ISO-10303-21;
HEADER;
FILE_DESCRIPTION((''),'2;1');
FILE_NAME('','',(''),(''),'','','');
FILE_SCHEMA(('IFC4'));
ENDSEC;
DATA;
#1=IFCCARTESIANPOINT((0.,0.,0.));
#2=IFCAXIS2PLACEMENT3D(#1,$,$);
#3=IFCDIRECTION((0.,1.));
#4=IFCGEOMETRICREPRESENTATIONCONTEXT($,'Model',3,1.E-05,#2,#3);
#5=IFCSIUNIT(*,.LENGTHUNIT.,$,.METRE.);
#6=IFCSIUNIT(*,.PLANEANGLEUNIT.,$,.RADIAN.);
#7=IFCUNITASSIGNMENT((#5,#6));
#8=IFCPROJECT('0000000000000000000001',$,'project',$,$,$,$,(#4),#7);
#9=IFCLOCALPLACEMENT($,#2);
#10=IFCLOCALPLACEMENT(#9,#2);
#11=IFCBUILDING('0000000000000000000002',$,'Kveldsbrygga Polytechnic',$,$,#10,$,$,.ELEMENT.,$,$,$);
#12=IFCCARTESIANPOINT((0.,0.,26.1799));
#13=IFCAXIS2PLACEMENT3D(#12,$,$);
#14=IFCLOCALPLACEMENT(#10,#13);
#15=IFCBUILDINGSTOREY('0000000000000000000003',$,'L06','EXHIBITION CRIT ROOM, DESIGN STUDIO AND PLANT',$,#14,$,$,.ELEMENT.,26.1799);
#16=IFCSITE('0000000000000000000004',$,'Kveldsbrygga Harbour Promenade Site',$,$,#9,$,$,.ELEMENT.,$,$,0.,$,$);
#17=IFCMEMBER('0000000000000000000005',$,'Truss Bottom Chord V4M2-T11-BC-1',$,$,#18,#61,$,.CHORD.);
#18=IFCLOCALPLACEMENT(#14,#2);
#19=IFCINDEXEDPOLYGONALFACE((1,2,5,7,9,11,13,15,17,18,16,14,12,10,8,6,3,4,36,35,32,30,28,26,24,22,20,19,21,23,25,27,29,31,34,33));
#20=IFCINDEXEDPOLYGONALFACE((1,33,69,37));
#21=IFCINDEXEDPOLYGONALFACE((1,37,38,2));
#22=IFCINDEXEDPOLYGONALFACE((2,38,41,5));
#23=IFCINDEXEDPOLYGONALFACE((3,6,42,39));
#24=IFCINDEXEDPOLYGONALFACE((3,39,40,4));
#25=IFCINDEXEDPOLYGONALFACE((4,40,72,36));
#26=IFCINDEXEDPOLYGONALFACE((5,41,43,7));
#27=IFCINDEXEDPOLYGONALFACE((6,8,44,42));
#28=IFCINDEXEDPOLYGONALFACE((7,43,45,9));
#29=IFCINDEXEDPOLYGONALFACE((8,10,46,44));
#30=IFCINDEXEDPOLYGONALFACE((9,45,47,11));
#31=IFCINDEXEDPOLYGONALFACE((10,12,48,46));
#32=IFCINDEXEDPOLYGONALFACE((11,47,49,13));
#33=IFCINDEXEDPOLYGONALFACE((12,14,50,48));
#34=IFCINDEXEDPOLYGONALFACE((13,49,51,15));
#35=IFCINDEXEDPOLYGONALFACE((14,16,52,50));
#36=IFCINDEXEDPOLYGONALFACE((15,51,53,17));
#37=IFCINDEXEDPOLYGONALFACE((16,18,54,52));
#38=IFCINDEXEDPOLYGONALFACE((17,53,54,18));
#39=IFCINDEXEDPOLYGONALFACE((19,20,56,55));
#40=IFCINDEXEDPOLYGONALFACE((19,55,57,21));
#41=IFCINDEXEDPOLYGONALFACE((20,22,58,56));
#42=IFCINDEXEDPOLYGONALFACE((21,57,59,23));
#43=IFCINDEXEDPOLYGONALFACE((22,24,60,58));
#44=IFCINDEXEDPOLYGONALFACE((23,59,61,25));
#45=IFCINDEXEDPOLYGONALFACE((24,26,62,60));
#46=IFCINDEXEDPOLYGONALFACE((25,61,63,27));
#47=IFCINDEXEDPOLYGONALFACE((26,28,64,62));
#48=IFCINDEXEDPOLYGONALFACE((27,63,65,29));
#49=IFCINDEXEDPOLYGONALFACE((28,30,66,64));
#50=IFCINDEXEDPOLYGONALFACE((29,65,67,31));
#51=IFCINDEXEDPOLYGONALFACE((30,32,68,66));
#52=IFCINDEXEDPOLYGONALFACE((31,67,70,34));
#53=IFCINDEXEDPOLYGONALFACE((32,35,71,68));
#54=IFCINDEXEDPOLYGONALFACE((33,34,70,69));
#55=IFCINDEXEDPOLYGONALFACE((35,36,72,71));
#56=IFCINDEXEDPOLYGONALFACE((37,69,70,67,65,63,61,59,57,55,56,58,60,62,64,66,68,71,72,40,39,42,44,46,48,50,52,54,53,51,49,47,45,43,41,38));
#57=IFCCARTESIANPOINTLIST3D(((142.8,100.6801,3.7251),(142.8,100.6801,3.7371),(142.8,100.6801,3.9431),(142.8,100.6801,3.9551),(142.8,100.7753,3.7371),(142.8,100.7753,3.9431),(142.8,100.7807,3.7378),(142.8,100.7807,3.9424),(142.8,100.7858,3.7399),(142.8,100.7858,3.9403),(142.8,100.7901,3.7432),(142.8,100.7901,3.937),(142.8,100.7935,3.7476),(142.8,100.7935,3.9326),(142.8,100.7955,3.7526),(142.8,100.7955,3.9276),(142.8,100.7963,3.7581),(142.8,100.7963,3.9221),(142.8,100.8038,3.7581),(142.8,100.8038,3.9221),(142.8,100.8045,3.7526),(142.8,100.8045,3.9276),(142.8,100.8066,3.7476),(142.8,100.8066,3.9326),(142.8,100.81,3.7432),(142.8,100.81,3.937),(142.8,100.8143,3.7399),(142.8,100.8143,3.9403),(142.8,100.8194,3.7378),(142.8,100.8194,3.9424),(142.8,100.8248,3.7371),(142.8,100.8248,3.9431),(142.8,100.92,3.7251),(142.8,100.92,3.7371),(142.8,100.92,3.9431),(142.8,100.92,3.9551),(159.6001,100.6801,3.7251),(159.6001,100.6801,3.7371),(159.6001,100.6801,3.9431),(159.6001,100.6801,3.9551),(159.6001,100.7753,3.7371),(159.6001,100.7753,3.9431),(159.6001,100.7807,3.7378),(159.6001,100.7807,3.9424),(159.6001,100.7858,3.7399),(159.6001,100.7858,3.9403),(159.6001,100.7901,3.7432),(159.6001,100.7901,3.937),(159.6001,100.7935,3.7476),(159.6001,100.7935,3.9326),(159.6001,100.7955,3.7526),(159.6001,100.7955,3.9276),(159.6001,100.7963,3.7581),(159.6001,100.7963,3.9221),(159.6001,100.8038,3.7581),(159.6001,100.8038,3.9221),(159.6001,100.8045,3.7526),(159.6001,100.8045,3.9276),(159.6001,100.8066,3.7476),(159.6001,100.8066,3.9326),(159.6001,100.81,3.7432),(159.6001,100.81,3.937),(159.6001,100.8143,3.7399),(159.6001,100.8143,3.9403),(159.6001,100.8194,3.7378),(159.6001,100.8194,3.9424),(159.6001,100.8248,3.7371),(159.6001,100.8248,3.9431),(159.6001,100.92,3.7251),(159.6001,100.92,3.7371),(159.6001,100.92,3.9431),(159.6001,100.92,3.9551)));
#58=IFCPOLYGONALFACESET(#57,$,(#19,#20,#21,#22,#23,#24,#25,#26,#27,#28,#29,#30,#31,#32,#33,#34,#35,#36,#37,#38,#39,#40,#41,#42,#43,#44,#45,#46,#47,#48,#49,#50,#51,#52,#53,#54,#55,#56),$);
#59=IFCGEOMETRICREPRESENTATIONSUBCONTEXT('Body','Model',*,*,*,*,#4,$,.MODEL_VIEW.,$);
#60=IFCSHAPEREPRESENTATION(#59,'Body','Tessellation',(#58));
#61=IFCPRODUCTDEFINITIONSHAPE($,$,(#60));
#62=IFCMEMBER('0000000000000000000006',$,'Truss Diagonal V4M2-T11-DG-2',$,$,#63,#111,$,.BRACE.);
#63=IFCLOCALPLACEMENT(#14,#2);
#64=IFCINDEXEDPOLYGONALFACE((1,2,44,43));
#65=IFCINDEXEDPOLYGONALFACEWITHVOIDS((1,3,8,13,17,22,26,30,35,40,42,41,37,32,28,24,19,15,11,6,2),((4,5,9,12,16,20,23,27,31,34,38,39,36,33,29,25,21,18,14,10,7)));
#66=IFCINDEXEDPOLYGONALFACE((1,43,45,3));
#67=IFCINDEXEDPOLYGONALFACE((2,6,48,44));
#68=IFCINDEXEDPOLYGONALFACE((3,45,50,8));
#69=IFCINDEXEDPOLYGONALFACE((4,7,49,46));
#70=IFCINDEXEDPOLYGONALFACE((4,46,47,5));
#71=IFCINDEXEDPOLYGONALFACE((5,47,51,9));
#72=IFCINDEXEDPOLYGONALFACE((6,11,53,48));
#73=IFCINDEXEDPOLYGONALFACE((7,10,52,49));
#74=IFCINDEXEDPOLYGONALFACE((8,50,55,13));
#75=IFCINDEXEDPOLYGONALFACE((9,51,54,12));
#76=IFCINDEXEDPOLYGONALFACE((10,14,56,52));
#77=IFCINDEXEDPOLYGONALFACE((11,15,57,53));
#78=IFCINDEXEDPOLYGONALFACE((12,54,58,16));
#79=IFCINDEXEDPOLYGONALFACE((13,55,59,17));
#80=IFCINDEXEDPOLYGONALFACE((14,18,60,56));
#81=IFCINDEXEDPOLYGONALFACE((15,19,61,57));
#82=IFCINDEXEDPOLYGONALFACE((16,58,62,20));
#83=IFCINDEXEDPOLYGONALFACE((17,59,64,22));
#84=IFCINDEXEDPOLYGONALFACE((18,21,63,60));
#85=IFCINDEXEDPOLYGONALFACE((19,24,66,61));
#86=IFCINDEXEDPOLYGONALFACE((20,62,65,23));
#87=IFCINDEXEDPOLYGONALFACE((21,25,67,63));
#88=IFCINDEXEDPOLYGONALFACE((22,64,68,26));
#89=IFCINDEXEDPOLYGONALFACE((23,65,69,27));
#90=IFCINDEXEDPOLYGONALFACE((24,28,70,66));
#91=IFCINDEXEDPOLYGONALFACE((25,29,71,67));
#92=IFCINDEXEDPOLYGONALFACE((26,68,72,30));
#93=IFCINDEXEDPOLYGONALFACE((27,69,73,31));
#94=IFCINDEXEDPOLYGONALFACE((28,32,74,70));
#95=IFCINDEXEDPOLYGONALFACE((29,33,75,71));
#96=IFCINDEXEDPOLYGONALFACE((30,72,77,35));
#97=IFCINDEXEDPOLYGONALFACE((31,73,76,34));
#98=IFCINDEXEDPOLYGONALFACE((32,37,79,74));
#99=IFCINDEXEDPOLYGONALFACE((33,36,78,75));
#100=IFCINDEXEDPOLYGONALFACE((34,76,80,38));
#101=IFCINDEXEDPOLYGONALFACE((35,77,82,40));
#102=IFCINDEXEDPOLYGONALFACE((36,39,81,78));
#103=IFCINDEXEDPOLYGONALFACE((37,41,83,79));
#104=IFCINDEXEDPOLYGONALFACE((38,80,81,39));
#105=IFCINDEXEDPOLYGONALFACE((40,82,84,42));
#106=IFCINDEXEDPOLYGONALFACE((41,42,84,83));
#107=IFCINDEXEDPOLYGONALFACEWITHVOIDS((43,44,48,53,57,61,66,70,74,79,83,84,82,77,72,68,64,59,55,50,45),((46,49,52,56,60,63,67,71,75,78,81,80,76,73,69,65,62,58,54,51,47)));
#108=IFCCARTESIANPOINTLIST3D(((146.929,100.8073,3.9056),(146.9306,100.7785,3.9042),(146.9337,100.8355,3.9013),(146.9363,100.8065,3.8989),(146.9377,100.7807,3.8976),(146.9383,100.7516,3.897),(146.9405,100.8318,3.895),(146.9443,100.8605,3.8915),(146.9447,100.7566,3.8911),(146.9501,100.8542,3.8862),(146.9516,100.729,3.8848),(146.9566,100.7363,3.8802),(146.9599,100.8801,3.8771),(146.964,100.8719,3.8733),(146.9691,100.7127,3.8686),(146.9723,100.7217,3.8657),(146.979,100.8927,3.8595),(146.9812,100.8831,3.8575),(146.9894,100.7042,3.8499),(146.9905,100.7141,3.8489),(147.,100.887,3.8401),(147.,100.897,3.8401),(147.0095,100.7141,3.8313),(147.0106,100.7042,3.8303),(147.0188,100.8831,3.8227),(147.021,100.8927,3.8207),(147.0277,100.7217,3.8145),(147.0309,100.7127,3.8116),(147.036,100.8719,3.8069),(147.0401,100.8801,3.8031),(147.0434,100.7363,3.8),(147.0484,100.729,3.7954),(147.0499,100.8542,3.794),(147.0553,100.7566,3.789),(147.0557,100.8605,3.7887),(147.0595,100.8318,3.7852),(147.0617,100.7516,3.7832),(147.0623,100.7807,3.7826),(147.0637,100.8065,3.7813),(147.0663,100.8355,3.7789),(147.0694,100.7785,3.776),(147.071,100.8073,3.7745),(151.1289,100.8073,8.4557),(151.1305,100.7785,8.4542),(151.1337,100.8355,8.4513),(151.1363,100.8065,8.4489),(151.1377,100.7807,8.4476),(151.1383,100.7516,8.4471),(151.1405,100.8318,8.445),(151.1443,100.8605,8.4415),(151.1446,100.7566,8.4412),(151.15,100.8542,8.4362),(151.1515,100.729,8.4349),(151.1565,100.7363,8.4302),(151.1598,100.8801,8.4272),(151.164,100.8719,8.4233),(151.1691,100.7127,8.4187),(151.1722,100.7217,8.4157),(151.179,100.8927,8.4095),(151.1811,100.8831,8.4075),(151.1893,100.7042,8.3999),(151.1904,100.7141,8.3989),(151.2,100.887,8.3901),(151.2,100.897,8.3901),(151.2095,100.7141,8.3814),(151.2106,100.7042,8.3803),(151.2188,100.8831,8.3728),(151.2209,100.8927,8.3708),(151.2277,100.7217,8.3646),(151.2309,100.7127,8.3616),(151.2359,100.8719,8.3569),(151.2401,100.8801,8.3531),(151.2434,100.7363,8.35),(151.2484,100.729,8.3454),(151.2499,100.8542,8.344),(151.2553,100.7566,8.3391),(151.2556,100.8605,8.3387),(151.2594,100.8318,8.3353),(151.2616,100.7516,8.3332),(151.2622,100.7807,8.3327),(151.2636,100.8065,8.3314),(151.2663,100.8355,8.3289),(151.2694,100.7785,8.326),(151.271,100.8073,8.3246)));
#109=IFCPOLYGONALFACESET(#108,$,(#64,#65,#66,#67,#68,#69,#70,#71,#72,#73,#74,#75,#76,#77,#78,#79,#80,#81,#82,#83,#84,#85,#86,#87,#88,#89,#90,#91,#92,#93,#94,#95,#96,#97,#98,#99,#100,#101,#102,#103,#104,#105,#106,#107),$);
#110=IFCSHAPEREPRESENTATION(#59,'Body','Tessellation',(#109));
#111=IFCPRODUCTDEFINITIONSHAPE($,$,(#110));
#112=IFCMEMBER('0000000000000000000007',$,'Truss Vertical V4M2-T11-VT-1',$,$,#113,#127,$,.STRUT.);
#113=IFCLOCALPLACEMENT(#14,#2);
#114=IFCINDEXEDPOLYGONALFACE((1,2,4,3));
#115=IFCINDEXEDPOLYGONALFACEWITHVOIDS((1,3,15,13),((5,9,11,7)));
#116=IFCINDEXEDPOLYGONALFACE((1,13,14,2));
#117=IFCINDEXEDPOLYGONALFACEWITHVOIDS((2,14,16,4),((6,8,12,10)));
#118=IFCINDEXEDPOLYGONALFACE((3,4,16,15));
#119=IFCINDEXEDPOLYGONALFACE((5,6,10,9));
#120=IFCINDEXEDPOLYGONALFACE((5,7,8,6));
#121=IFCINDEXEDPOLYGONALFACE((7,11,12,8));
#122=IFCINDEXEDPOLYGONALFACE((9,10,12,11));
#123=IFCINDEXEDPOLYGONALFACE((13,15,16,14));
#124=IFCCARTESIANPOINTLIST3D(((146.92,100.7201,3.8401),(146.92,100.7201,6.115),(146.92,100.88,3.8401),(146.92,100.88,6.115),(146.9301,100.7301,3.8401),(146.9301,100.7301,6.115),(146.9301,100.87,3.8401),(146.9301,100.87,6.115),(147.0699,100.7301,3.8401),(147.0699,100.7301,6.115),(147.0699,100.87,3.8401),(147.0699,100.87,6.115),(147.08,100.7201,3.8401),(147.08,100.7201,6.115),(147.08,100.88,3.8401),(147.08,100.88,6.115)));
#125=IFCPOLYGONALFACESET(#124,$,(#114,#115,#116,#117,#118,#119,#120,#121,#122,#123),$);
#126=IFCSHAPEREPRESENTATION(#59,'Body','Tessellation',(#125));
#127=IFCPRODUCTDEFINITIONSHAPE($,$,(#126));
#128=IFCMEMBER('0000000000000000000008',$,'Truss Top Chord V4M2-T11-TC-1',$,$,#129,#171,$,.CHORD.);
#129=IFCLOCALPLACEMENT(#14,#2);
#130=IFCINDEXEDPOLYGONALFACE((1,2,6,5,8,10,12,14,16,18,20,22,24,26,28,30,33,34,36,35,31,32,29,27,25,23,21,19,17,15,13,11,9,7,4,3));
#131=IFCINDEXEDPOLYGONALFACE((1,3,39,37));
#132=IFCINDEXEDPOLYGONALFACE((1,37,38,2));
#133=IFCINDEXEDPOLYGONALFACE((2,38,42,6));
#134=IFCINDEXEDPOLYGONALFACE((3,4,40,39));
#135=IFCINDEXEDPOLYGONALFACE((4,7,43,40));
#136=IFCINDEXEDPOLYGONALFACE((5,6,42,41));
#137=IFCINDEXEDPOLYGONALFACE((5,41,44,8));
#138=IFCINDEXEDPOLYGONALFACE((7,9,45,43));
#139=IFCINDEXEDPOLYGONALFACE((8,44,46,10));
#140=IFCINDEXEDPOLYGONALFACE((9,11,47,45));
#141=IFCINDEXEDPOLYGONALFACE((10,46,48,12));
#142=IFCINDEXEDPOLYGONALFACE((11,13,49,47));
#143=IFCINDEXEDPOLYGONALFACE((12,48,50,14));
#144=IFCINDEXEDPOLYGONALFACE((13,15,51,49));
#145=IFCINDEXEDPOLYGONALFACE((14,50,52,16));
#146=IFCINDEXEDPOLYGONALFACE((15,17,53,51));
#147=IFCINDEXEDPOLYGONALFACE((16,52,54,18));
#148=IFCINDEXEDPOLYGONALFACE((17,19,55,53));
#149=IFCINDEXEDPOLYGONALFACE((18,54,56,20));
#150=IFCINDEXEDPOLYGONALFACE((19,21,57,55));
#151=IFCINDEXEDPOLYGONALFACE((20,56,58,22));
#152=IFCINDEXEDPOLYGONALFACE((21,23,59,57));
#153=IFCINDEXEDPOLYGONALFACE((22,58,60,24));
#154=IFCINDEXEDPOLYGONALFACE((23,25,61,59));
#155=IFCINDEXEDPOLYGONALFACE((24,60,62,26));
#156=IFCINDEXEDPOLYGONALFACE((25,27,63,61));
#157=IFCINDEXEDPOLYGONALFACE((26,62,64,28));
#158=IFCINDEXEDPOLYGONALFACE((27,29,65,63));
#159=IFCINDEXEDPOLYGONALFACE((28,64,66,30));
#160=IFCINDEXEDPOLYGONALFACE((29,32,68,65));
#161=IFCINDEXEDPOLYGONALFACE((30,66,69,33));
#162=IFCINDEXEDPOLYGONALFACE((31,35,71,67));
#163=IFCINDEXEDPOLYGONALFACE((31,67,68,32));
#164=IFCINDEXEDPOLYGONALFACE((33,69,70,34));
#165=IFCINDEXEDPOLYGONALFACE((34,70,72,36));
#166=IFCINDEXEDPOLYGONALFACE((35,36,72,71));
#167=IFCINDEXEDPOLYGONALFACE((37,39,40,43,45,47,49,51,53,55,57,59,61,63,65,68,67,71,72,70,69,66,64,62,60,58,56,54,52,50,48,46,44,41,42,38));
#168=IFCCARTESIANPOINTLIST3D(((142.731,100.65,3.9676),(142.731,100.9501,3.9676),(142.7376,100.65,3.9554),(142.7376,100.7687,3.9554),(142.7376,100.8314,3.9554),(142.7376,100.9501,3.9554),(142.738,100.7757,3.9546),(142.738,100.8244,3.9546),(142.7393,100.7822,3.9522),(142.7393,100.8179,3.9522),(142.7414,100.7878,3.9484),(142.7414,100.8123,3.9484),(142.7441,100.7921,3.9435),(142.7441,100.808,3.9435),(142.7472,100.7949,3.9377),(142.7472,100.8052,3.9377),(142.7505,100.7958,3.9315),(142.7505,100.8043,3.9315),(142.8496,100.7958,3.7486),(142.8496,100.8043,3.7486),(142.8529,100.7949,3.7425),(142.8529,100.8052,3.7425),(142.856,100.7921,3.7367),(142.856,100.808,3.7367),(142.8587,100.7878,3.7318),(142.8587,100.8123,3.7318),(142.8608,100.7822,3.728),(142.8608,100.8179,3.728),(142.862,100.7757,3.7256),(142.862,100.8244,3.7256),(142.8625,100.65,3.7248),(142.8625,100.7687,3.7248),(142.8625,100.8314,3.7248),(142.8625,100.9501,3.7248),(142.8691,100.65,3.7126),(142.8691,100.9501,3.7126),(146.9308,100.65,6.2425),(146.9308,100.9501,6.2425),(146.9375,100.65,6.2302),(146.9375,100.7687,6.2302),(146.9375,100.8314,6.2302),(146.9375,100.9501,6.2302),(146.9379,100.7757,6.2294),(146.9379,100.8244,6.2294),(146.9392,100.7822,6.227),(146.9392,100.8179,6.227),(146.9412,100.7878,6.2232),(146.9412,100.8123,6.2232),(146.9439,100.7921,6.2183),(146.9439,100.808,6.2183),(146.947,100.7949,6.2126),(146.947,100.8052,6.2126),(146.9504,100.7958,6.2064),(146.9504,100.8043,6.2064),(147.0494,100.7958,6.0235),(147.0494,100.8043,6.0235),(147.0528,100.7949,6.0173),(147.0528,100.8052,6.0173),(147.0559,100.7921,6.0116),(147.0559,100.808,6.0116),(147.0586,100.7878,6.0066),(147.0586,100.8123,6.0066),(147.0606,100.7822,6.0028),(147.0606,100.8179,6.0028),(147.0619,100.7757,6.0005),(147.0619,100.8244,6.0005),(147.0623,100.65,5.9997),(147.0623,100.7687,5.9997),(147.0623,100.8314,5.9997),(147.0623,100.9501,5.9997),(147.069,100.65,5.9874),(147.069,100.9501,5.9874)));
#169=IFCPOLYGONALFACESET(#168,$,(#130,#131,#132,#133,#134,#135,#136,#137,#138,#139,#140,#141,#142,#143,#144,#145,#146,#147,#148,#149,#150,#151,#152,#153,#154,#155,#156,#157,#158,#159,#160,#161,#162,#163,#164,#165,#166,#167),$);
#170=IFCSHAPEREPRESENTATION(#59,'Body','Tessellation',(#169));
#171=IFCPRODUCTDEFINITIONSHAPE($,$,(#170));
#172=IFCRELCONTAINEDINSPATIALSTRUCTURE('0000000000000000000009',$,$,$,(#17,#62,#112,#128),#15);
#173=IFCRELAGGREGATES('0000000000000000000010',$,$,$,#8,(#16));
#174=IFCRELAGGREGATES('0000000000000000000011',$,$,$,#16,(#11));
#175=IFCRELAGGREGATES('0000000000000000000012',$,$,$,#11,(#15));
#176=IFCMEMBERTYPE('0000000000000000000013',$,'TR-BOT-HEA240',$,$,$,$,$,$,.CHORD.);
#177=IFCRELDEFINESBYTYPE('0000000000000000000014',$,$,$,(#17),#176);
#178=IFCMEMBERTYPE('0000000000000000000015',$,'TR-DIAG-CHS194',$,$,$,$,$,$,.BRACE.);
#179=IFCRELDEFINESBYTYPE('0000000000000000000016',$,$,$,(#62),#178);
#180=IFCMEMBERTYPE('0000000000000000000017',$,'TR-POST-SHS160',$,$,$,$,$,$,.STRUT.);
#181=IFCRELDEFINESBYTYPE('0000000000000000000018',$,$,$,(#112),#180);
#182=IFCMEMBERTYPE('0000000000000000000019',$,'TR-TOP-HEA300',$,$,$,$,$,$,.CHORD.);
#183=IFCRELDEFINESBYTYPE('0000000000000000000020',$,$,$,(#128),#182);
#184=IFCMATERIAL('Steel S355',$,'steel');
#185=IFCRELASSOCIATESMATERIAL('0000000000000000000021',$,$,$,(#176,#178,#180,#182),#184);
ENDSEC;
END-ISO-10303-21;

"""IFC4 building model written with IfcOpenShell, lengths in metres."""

from ifc_helpers import new_model, si_unit, direction, frame, origin, origin_2d, place, context, subcontext, project, spatial, hollow_rectangle, hollow_circle, i_section, extrude, material, material_profile, profile_set, type_object, element, save


model = new_model("IFC4")

# Units and contexts
model_context = context("Model", 3, precision=1e-05, world=origin(), true_north=direction((0.0, 1.0)))
body_context = subcontext(model_context, "Body", "Model", "MODEL_VIEW")
ifc_project = project(units=[si_unit("LENGTHUNIT", "METRE"), si_unit("PLANEANGLEUNIT", "RADIAN")], contexts=[model_context])

# Site, building, storey
site_placement = place(None, origin())
site = spatial("IfcSite", under=ifc_project, at=site_placement, Name="Kveldsbrygga Harbour Promenade Site", CompositionType="ELEMENT", RefElevation=0.0)
building_placement = place(site_placement, origin())
building = spatial("IfcBuilding", under=site, at=building_placement, Name="Kveldsbrygga Polytechnic", CompositionType="ELEMENT")
storey_placement = place(building_placement, frame((0.0, 0.0, 26.1799)))
storey = spatial("IfcBuildingStorey", under=building, at=storey_placement, Name="L06", Description="EXHIBITION CRIT ROOM, DESIGN STUDIO AND PLANT", CompositionType="ELEMENT", Elevation=26.1799)

# Members
ifc_material_1 = material(Name="Steel S355", Category="steel")
ifc_material_profile_1 = material_profile(ifc_material_1, i_section(OverallWidth=0.24, OverallDepth=0.23, WebThickness=0.0076, FlangeThickness=0.012, FilletRadius=0.021, at=origin_2d()), Name="HEA 240")
ifc_profile_set_1 = profile_set([ifc_material_profile_1], Name="Steel S355")
member_type_1 = type_object("IfcMemberType", Name="TR-BOT-HEA240", PredefinedType="CHORD", material=ifc_profile_set_1)
member_1_placement = place(storey_placement, frame((142.8, 100.8, 3.8401), z_axis=(1.0, 0.0, 0.0), x_axis=(0.0, 1.0, 0.0)))
element("IfcMember", 1, at=member_1_placement, inside=storey, type_object=member_type_1, Name="Truss Bottom Chord V4M2-T11-BC-1", PredefinedType="CHORD", context=body_context, shape_type="SweptSolid", body=[
    extrude(i_section(OverallWidth=0.24, OverallDepth=0.23, WebThickness=0.0076, FlangeThickness=0.012, FilletRadius=0.021, at=origin_2d()), origin(), (0.0, 0.0, 1.0), 16.8),
])
ifc_material_profile_2 = material_profile(ifc_material_1, hollow_circle(Radius=0.0969, WallThickness=0.01, at=origin_2d()), Name="CHS 193.7x10.0")
ifc_profile_set_2 = profile_set([ifc_material_profile_2], Name="Steel S355")
member_type_2 = type_object("IfcMemberType", Name="TR-DIAG-CHS194", PredefinedType="BRACE", material=ifc_profile_set_2)
member_2_placement = place(storey_placement, frame((147.0, 100.8, 3.8401), z_axis=(0.678272, 0.0, 0.734811), x_axis=(0.0, 1.0, 0.0)))
element("IfcMember", 2, at=member_2_placement, inside=storey, type_object=member_type_2, Name="Truss Diagonal V4M2-T11-DG-2", PredefinedType="BRACE", context=body_context, shape_type="SweptSolid", body=[
    extrude(hollow_circle(Radius=0.0969, WallThickness=0.01, at=origin_2d()), origin(), (0.0, 0.0, 1.0), 6.1921),
])
ifc_material_profile_3 = material_profile(ifc_material_1, hollow_rectangle(XDim=0.1599, YDim=0.1599, WallThickness=0.01, at=origin_2d()), Name="SHS 160x160x10.0")
ifc_profile_set_3 = profile_set([ifc_material_profile_3], Name="Steel S355")
member_type_3 = type_object("IfcMemberType", Name="TR-POST-SHS160", PredefinedType="STRUT", material=ifc_profile_set_3)
member_3_placement = place(storey_placement, frame((147.0, 100.8, 3.8401), z_axis=(0.0, 0.0, 1.0), x_axis=(1.0, 0.0, 0.0)))
element("IfcMember", 3, at=member_3_placement, inside=storey, type_object=member_type_3, Name="Truss Vertical V4M2-T11-VT-1", PredefinedType="STRUT", context=body_context, shape_type="SweptSolid", body=[
    extrude(hollow_rectangle(XDim=0.1599, YDim=0.1599, WallThickness=0.01, at=origin_2d()), origin(), (0.0, 0.0, 1.0), 2.2749),
])
ifc_material_profile_4 = material_profile(ifc_material_1, i_section(OverallWidth=0.3, OverallDepth=0.29, WebThickness=0.0085, FlangeThickness=0.0139, FilletRadius=0.0271, at=origin_2d()), Name="HEA 300")
ifc_profile_set_4 = profile_set([ifc_material_profile_4], Name="Steel S355")
member_type_4 = type_object("IfcMemberType", Name="TR-TOP-HEA300", PredefinedType="CHORD", material=ifc_profile_set_4)
member_4_placement = place(storey_placement, frame((142.8, 100.8, 3.8401), z_axis=(0.879298, 0.0, 0.476272), x_axis=(0.0, 1.0, 0.0)))
element("IfcMember", 4, at=member_4_placement, inside=storey, type_object=member_type_4, Name="Truss Top Chord V4M2-T11-TC-1", PredefinedType="CHORD", context=body_context, shape_type="SweptSolid", body=[
    extrude(i_section(OverallWidth=0.3, OverallDepth=0.29, WebThickness=0.0085, FlangeThickness=0.0139, FilletRadius=0.0271, at=origin_2d()), origin(), (0.0, 0.0, 1.0), 4.7764),
])

save(model, "model.ifc")
